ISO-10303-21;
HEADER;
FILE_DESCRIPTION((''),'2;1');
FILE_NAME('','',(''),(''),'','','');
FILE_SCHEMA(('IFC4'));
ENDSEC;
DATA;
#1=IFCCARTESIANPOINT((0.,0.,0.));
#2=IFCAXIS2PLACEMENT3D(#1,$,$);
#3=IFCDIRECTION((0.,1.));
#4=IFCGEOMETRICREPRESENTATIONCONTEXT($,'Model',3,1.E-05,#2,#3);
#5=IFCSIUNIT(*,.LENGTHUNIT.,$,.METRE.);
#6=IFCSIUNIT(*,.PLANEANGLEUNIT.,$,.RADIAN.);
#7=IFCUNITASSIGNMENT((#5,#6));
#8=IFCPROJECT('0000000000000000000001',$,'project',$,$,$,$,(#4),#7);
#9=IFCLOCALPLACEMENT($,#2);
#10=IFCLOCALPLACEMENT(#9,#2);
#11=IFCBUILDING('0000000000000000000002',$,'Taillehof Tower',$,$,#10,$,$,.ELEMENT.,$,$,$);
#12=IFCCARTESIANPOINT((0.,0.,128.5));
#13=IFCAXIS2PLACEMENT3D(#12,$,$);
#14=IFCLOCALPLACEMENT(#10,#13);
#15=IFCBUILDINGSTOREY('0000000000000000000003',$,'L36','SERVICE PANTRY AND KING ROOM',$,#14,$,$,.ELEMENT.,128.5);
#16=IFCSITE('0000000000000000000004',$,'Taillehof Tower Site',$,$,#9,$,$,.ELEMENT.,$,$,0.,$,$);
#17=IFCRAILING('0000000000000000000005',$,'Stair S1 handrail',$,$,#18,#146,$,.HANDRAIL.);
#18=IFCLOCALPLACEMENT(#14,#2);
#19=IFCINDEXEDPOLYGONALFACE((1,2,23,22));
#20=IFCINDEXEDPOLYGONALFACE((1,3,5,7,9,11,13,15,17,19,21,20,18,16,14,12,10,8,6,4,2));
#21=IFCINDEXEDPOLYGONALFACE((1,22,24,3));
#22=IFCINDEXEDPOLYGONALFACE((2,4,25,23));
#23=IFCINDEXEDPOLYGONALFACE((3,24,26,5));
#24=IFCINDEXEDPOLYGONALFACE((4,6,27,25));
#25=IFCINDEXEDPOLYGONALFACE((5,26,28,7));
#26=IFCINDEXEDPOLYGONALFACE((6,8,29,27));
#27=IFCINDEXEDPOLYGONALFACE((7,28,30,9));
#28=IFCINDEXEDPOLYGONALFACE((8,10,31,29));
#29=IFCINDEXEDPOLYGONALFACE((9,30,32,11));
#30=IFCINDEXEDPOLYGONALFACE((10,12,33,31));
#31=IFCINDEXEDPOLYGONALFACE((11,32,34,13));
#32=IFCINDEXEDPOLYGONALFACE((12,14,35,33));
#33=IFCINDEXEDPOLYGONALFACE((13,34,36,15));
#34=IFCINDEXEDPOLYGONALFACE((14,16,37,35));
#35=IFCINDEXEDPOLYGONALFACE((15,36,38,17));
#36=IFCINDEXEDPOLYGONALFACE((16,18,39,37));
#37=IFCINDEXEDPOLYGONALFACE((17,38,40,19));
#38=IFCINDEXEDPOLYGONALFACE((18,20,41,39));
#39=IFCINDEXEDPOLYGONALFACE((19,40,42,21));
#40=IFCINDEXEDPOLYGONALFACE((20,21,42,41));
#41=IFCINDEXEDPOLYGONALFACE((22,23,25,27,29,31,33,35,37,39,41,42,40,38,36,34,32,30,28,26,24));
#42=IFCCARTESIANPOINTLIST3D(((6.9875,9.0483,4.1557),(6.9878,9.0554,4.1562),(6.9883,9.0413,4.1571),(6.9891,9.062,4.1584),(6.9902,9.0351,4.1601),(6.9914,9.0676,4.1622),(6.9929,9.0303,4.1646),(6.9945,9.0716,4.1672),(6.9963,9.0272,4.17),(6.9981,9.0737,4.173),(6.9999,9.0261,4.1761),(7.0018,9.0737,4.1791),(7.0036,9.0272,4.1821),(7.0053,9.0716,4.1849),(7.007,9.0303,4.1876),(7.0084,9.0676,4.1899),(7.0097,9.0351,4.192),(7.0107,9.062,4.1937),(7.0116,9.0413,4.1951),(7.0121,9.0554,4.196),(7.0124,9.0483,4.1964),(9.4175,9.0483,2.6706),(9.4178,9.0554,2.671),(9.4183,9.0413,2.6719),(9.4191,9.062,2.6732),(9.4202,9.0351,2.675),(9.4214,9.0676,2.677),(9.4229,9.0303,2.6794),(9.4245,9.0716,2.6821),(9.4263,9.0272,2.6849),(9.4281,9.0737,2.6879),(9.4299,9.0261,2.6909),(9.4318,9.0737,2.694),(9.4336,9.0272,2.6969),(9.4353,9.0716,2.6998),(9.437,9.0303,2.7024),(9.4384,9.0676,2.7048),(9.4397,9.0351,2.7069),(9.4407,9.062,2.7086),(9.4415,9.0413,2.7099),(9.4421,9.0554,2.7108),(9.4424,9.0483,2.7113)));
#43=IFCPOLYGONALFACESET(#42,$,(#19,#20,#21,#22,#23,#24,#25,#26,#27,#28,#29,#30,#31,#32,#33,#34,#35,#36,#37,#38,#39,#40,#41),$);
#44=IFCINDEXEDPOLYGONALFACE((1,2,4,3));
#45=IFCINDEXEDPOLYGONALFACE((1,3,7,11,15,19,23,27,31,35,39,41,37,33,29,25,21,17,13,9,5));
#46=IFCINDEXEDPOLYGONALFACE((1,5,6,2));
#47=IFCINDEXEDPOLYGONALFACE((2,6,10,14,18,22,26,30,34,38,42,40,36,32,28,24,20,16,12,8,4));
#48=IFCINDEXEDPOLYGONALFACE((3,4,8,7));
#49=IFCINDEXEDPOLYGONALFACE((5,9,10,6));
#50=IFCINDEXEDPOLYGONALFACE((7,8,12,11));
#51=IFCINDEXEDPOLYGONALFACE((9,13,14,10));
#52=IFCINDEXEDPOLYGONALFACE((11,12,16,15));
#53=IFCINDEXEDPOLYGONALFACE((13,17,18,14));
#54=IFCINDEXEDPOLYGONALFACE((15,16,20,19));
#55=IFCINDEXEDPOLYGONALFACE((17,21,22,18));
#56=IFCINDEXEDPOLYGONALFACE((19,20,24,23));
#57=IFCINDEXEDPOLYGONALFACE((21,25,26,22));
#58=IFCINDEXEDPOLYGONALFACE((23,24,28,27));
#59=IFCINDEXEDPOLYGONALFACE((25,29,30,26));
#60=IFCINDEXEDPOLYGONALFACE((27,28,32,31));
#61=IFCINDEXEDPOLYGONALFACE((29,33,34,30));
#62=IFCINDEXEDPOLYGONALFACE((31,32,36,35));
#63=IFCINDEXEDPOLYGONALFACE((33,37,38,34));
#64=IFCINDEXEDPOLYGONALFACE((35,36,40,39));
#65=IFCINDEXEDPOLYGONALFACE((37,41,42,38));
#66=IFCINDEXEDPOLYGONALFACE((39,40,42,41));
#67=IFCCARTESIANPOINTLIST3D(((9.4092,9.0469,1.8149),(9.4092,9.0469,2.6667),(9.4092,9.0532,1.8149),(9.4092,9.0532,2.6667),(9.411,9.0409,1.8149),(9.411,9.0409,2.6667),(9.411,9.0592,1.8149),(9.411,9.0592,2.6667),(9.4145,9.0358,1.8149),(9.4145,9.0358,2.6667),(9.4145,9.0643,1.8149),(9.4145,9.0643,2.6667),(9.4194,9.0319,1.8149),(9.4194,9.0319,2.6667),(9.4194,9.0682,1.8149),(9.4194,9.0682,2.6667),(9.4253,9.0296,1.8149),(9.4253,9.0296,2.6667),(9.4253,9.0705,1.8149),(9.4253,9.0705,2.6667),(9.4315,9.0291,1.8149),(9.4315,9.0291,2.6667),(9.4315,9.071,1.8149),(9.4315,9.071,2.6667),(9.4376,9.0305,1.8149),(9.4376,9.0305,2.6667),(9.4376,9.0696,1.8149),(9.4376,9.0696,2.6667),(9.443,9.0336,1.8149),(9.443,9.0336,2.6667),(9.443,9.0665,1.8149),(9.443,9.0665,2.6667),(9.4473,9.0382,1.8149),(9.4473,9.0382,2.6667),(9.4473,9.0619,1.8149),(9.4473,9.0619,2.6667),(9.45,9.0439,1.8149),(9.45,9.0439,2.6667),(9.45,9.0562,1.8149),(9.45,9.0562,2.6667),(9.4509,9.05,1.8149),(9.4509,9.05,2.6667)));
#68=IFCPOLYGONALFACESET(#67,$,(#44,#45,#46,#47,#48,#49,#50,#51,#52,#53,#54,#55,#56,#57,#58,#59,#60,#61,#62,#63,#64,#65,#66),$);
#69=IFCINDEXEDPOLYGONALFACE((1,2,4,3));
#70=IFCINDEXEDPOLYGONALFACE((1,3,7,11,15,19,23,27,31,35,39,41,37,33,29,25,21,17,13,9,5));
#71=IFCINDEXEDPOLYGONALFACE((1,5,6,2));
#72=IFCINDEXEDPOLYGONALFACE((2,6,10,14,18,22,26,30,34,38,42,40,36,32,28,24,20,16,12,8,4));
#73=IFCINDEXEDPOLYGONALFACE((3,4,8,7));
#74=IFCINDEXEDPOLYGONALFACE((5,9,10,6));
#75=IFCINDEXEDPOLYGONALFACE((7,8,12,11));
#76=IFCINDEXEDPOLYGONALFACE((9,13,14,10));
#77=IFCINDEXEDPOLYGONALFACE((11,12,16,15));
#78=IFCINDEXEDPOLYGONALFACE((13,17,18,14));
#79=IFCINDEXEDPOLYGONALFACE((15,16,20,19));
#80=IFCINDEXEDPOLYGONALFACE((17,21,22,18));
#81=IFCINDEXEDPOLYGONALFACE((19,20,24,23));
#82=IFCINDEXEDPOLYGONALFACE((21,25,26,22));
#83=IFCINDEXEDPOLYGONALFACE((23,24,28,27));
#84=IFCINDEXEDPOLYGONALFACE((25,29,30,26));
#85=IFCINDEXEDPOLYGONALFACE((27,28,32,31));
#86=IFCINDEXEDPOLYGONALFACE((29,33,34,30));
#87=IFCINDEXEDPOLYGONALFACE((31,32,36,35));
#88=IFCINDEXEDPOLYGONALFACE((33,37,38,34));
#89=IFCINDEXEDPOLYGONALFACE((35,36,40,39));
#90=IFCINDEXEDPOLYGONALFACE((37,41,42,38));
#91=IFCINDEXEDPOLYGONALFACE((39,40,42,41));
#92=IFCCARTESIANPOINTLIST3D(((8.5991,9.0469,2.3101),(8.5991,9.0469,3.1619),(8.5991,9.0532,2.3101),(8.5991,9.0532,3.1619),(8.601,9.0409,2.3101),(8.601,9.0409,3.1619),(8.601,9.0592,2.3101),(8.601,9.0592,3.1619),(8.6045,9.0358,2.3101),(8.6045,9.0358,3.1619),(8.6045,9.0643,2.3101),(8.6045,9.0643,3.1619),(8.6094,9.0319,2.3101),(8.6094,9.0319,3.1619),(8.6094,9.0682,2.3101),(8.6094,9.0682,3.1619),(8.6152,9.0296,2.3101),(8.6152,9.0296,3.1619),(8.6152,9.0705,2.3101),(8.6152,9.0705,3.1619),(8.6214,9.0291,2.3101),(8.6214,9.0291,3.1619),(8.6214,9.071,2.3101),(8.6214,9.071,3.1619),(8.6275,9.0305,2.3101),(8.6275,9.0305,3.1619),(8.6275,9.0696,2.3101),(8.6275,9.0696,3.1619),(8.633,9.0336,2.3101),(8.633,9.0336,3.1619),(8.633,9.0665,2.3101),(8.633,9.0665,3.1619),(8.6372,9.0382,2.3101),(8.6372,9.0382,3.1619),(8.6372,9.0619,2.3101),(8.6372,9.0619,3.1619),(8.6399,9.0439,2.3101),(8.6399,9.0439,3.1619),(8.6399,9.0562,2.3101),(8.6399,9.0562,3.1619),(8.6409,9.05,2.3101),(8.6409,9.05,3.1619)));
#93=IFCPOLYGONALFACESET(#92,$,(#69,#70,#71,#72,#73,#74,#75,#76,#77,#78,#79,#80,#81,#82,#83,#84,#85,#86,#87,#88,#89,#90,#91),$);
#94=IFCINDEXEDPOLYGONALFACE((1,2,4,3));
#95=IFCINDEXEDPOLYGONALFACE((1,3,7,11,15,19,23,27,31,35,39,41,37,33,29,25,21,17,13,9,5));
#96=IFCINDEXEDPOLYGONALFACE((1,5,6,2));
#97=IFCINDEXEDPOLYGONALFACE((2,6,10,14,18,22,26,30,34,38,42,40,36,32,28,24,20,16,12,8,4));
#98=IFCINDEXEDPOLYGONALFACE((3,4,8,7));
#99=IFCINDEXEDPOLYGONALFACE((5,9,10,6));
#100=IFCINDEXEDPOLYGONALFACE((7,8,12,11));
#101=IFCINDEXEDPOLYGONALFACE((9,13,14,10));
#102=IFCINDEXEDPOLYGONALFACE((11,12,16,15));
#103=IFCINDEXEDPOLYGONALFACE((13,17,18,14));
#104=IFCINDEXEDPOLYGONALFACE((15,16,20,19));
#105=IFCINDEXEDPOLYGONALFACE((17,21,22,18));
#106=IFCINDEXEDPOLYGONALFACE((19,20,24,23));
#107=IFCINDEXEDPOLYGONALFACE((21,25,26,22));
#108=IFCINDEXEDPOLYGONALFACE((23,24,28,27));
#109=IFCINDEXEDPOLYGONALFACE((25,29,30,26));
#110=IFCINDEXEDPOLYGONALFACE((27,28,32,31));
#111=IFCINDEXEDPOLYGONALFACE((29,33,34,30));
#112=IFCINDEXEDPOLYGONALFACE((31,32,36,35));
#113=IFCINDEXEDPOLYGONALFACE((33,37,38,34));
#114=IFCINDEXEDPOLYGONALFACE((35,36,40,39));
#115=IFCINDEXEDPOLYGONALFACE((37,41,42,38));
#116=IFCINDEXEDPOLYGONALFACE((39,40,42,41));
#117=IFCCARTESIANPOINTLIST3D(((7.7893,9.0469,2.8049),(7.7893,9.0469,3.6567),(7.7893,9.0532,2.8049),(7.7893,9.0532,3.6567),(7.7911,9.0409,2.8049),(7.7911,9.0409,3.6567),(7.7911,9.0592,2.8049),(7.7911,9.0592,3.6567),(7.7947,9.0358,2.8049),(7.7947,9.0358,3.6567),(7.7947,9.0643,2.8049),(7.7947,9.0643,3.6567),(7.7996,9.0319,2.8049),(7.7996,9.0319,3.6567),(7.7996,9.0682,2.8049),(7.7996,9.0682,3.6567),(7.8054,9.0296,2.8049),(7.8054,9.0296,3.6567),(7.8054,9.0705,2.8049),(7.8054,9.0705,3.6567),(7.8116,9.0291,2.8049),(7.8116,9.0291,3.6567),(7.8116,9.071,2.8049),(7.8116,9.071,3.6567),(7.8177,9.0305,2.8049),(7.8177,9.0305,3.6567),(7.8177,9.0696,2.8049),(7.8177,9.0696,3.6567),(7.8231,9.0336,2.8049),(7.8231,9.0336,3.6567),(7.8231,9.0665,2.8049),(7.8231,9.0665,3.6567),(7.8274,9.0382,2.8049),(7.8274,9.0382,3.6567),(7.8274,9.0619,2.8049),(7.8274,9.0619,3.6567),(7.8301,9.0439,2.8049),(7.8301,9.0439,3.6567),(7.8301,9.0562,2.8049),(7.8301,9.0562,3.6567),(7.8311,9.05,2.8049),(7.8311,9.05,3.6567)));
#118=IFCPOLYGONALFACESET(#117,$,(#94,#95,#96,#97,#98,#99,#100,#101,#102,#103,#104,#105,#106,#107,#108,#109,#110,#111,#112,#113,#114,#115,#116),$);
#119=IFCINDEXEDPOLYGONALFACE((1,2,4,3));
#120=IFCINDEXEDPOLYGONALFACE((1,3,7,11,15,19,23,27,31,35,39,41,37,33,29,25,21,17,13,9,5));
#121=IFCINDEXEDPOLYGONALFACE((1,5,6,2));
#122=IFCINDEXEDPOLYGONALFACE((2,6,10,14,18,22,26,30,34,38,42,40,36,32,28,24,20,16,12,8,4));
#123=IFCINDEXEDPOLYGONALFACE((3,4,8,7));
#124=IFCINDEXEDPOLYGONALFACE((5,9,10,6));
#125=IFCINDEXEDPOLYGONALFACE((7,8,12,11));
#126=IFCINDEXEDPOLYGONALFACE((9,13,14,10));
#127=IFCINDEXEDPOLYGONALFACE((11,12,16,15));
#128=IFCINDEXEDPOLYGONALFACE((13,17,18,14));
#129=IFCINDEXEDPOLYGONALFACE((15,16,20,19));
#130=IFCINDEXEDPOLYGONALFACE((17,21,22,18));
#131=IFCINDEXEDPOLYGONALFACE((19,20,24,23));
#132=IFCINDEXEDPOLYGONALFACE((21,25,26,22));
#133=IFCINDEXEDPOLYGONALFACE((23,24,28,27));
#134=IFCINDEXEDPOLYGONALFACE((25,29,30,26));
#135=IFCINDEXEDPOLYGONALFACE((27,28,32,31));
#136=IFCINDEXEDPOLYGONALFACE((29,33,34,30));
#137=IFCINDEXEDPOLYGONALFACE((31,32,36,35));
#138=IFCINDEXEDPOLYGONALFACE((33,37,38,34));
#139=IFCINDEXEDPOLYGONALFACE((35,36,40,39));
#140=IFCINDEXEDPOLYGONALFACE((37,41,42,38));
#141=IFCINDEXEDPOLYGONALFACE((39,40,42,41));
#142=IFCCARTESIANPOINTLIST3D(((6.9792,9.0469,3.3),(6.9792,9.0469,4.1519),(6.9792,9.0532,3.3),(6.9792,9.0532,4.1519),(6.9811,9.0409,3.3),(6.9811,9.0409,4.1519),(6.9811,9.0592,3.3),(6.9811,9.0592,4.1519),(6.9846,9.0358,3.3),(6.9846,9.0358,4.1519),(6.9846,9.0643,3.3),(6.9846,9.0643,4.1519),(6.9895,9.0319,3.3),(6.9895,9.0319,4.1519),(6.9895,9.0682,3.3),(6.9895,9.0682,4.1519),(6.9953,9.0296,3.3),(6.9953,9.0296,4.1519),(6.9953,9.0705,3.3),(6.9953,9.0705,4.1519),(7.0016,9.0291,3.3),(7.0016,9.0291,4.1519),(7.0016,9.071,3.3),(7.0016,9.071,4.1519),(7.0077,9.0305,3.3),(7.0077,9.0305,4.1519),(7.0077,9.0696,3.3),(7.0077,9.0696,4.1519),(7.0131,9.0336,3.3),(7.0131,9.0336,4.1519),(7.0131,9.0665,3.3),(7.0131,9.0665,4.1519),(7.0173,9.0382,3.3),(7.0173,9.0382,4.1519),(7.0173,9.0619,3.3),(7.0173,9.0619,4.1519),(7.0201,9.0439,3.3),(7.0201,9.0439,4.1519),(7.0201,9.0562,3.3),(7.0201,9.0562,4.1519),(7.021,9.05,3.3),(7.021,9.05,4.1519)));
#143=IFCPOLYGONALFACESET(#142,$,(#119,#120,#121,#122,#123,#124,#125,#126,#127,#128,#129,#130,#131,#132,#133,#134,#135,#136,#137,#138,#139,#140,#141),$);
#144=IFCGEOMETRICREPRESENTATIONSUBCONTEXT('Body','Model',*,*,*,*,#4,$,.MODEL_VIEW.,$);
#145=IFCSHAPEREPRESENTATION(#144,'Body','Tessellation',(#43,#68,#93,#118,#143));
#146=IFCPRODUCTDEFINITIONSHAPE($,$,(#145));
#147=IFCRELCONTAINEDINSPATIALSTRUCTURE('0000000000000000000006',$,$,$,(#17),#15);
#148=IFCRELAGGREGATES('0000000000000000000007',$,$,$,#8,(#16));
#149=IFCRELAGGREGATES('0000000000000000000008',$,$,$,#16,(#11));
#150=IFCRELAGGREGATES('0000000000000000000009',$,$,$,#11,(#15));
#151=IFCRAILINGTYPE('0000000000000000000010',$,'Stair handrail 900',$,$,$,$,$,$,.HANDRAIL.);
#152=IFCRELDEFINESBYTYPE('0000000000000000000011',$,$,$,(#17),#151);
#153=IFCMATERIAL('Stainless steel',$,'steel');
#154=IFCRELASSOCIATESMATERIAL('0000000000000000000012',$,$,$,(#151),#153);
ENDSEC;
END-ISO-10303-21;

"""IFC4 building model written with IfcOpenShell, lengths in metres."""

from ifc_helpers import new_model, si_unit, direction, frame, origin, origin_2d, place, context, subcontext, project, spatial, circle, extrude, material, type_object, element, save


model = new_model("IFC4")

# Units and contexts
model_context = context("Model", 3, precision=1e-05, world=origin(), true_north=direction((0.0, 1.0)))
body_context = subcontext(model_context, "Body", "Model", "MODEL_VIEW")
ifc_project = project(units=[si_unit("LENGTHUNIT", "METRE"), si_unit("PLANEANGLEUNIT", "RADIAN")], contexts=[model_context])

# Site, building, storey
site_placement = place(None, origin())
site = spatial("IfcSite", under=ifc_project, at=site_placement, Name="Taillehof Tower Site", CompositionType="ELEMENT", RefElevation=0.0)
building_placement = place(site_placement, origin())
building = spatial("IfcBuilding", under=site, at=building_placement, Name="Taillehof Tower", CompositionType="ELEMENT")
storey_placement = place(building_placement, frame((0.0, 0.0, 128.5)))
storey = spatial("IfcBuildingStorey", under=building, at=storey_placement, Name="L36", Description="SERVICE PANTRY AND KING ROOM", CompositionType="ELEMENT", Elevation=128.5)

# Railing
ifc_material_1 = material(Name="Stainless steel", Category="steel")
railing_type = type_object("IfcRailingType", Name="Stair handrail 900", PredefinedType="HANDRAIL", material=ifc_material_1)
railing_placement = place(storey_placement, frame((9.4299, 9.05, 1.8149)))
element("IfcRailing", 1, at=railing_placement, inside=storey, type_object=railing_type, Name="Stair S1 handrail", PredefinedType="HANDRAIL", context=body_context, shape_type="SweptSolid", body=[
    extrude(circle(Radius=0.0239, at=origin_2d()), frame((0.0, 0.0, 0.876), z_axis=(-0.853259, 0.0, 0.521488), x_axis=(0.0, -1.0, 0.0)), (0.0, 0.0, 1.0), 2.8479),
    extrude(circle(Radius=0.021, at=origin_2d()), origin(), (0.0, 0.0, 1.0), 0.8518),
    extrude(circle(Radius=0.021, at=origin_2d()), frame((-0.8101, 0.0, 0.4951)), (0.0, 0.0, 1.0), 0.8518),
    extrude(circle(Radius=0.021, at=origin_2d()), frame((-1.6199, 0.0, 0.99)), (0.0, 0.0, 1.0), 0.8518),
    extrude(circle(Radius=0.021, at=origin_2d()), frame((-2.4299, 0.0, 1.4851)), (0.0, 0.0, 1.0), 0.8518),
])

save(model, "model.ifc")
